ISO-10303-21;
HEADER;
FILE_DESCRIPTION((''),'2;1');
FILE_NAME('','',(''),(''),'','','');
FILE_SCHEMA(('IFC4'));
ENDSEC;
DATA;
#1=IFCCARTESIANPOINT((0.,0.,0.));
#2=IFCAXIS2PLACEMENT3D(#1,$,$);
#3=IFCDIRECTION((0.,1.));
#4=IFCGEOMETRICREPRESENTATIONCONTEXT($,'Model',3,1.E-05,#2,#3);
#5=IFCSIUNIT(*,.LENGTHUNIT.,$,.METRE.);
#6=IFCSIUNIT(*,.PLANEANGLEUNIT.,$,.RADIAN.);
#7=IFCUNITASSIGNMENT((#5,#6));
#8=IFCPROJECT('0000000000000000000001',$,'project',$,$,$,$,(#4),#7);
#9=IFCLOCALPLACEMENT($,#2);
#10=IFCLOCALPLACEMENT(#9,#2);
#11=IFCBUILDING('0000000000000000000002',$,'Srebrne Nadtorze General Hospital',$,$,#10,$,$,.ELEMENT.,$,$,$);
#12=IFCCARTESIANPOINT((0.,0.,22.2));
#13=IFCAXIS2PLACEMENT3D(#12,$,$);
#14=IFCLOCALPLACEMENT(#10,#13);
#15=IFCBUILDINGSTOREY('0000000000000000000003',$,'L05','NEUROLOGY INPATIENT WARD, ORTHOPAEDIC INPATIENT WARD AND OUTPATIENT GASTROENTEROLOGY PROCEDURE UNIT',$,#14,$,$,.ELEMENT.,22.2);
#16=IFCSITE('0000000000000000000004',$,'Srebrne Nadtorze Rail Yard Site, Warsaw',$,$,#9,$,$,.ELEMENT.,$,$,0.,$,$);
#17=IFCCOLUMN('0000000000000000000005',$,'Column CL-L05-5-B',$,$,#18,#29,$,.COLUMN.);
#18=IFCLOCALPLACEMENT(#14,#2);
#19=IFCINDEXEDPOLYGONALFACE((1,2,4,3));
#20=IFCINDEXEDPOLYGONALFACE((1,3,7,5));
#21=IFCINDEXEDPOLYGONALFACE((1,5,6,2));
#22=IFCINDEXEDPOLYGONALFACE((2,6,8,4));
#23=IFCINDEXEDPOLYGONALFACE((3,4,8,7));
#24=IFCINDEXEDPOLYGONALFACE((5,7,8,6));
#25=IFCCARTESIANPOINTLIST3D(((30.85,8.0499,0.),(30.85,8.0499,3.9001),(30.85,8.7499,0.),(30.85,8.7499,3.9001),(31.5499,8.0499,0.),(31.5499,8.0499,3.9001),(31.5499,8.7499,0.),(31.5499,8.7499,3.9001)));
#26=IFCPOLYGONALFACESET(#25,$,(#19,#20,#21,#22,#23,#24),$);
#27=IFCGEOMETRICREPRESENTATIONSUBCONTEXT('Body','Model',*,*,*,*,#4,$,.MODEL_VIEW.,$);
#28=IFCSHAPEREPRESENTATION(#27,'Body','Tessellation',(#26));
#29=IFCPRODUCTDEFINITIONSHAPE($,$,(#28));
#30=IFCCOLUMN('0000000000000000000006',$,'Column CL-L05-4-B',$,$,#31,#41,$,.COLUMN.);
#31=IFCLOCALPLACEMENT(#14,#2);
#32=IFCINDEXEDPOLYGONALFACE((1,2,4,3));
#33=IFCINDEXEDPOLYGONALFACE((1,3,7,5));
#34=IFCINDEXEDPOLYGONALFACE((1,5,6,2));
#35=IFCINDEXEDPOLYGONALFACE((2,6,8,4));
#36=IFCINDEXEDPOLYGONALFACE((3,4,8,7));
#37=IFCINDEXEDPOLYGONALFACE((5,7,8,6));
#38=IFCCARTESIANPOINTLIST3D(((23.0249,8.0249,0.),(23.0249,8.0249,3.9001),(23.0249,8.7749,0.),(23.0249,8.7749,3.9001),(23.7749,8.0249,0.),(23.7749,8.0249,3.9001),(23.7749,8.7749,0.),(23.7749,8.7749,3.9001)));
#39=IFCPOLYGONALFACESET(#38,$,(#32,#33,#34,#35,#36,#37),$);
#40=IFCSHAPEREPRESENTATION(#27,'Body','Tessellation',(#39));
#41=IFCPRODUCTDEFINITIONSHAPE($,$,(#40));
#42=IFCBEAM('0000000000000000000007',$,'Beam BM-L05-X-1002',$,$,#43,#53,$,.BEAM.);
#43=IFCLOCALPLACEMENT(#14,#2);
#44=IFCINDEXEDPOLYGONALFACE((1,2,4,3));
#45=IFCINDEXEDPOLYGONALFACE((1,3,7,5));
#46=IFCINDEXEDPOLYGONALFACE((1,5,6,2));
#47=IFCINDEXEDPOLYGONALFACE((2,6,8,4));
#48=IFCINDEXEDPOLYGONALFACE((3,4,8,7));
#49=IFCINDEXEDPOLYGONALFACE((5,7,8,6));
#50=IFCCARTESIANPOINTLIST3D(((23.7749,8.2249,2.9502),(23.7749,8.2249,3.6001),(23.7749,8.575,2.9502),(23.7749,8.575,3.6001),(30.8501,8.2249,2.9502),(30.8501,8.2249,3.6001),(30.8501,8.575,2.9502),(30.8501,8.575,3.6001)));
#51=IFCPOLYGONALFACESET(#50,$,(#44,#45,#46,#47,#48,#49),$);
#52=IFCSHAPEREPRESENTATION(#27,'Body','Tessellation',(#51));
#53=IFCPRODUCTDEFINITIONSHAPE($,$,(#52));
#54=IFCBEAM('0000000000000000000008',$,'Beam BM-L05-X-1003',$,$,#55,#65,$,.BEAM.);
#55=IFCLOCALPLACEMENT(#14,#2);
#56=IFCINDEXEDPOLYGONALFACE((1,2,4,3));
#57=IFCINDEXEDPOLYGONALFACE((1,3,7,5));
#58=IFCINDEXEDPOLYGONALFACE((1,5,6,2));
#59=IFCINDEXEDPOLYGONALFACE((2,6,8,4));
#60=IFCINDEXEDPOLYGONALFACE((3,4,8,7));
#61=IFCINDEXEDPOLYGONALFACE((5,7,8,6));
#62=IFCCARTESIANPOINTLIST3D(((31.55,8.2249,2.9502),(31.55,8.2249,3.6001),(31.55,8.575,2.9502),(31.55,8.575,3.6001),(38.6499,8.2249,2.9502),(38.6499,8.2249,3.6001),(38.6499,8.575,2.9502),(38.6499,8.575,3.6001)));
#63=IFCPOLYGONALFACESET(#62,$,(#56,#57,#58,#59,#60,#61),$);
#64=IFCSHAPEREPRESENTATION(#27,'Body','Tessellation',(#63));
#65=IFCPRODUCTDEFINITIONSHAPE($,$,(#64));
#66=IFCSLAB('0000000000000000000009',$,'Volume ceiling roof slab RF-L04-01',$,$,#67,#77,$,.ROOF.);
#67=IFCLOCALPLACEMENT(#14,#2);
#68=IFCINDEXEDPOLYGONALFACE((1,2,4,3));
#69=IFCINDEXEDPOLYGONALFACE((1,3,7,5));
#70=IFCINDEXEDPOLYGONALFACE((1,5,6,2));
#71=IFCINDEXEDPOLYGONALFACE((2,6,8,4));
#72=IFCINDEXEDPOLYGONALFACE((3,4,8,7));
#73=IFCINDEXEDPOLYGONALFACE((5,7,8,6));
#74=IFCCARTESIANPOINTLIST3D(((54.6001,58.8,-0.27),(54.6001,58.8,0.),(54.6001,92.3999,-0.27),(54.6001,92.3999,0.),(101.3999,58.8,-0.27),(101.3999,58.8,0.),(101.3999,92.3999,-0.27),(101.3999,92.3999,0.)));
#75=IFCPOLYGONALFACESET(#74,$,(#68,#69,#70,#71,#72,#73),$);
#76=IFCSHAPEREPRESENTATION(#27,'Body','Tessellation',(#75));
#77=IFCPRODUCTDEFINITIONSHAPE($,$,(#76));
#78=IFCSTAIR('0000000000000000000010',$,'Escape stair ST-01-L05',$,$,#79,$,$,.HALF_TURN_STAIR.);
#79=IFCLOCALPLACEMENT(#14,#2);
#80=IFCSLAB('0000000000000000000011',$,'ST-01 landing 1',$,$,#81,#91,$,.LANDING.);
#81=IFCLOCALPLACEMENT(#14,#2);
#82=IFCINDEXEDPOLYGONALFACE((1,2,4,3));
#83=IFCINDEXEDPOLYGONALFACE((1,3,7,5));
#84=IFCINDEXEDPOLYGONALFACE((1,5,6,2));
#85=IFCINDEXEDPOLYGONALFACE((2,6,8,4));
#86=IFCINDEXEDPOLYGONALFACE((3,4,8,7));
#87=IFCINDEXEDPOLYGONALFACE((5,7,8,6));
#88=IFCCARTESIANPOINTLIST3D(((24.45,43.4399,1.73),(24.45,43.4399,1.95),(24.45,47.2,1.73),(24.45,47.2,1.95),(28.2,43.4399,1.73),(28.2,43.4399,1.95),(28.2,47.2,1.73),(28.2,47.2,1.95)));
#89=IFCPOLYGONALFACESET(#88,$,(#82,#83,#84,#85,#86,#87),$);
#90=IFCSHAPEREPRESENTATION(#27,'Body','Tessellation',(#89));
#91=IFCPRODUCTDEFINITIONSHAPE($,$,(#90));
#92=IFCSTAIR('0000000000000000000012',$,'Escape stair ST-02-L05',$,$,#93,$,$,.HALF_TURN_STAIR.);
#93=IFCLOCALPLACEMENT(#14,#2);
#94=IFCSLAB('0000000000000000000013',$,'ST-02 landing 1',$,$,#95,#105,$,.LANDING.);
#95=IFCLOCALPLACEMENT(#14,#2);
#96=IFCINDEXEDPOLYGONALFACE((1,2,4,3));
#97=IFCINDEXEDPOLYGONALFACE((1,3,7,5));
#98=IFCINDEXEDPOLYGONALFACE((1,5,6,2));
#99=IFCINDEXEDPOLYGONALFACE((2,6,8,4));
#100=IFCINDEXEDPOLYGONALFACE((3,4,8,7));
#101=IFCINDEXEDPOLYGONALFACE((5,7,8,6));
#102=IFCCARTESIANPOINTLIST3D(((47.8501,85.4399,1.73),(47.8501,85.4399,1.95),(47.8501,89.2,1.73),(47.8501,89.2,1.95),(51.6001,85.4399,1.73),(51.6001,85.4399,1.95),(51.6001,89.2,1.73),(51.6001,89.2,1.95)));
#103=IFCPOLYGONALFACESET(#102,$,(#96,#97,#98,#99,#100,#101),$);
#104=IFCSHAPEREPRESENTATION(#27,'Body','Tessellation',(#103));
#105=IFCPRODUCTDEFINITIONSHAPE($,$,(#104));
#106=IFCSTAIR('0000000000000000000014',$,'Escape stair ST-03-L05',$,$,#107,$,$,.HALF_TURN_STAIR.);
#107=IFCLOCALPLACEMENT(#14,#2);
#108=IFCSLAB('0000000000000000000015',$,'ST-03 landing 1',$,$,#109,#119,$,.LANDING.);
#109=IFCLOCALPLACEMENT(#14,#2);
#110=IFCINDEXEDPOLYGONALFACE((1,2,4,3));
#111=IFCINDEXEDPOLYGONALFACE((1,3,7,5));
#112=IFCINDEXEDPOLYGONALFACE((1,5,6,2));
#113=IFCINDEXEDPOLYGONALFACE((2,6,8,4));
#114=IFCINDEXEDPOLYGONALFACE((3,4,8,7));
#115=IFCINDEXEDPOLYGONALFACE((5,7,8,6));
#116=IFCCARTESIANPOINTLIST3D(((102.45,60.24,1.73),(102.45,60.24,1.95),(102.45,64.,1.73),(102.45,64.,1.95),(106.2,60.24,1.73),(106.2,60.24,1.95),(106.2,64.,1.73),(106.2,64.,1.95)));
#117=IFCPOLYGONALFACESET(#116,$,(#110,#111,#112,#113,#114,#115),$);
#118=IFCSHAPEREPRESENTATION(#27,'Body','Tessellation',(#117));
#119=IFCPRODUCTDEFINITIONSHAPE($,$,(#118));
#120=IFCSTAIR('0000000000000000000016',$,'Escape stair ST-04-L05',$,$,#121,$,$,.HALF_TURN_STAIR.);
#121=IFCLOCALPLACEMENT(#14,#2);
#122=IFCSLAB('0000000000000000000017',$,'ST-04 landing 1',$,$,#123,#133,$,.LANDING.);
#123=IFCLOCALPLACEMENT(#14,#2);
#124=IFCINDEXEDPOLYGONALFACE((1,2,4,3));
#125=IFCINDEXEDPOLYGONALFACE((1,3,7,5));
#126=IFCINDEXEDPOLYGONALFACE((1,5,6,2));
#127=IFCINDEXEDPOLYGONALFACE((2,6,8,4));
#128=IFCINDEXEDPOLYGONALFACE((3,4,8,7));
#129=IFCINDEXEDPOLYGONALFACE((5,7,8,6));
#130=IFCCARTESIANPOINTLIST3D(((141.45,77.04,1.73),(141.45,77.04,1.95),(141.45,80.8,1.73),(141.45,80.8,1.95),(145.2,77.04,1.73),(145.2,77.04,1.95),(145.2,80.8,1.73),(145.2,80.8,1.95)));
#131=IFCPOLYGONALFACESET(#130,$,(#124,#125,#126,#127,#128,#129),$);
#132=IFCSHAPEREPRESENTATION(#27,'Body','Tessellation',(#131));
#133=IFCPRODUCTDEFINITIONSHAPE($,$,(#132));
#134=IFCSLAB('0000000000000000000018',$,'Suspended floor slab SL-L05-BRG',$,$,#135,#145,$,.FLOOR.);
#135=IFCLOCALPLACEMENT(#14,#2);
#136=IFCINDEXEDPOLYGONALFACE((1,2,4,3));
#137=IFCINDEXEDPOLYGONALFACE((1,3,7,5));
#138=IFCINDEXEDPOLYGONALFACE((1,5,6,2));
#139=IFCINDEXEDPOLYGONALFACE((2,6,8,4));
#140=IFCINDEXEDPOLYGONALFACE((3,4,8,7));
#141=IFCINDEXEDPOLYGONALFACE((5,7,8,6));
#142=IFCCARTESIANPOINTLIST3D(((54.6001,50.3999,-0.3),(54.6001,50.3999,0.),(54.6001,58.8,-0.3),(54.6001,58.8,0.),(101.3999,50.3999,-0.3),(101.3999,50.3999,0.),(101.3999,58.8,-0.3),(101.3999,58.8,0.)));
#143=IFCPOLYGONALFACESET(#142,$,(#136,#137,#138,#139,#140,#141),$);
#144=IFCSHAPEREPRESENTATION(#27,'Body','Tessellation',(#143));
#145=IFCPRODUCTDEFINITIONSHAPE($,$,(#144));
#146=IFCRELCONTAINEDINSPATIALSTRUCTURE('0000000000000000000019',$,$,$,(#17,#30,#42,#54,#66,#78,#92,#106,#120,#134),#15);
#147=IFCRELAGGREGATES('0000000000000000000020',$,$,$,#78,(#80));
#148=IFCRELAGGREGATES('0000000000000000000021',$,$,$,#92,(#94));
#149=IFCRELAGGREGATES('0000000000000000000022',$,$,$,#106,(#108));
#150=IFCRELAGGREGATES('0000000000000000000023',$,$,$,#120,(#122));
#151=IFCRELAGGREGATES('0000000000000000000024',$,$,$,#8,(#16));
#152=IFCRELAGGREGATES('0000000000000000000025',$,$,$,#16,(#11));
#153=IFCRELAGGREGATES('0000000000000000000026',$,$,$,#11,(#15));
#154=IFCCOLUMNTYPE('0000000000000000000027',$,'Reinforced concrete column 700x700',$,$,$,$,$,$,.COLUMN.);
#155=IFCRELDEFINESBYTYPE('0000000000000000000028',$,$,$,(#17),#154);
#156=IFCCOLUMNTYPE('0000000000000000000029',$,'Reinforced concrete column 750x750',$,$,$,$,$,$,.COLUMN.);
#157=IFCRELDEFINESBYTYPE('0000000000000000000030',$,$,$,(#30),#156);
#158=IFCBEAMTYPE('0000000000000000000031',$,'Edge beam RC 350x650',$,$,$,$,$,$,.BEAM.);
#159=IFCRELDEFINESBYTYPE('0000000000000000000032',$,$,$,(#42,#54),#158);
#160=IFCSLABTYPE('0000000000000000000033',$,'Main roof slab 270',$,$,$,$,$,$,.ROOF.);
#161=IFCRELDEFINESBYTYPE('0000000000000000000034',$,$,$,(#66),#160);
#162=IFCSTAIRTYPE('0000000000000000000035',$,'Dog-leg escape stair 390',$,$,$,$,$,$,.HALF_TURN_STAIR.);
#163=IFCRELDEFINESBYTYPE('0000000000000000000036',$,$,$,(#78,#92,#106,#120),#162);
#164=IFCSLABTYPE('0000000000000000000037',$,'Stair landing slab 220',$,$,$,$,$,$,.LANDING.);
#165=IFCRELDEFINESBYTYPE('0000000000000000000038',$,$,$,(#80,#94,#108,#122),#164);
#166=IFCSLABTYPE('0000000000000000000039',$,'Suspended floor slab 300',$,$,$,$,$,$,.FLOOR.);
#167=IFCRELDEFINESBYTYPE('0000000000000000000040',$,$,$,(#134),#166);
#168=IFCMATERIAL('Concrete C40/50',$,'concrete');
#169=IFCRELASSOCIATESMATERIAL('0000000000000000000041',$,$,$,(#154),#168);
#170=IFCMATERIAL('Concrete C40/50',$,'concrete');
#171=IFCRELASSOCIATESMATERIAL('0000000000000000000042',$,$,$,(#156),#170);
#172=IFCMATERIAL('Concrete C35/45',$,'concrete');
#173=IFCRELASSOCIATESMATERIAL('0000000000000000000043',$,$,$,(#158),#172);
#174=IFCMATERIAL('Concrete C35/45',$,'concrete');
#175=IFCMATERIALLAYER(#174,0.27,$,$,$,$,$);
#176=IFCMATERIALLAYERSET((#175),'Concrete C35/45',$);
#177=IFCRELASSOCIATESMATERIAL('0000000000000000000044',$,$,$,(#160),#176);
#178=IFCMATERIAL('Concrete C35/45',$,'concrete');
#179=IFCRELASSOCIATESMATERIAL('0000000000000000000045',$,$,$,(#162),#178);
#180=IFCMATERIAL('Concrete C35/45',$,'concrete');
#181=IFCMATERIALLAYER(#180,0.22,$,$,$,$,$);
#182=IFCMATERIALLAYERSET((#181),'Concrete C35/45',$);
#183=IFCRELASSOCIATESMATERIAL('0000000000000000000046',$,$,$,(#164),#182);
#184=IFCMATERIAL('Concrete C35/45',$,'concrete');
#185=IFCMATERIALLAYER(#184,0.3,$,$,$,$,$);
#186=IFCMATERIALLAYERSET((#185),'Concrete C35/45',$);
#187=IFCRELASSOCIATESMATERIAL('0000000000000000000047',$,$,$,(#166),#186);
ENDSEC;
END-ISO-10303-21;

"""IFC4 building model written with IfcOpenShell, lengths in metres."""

from ifc_helpers import new_model, si_unit, direction, frame, origin, origin_2d, place, context, subcontext, project, spatial, polyline, rectangle, outline, extrude, material, layer, layer_set, material_profile, profile_set, type_object, element, aggregate, save


model = new_model("IFC4")

# Units and contexts
model_context = context("Model", 3, precision=1e-05, world=origin(), true_north=direction((0.0, 1.0)))
body_context = subcontext(model_context, "Body", "Model", "MODEL_VIEW")
ifc_project = project(units=[si_unit("LENGTHUNIT", "METRE"), si_unit("PLANEANGLEUNIT", "RADIAN")], contexts=[model_context])

# Site, building, storey
site_placement = place(None, origin())
site = spatial("IfcSite", under=ifc_project, at=site_placement, Name="Srebrne Nadtorze Rail Yard Site, Warsaw", CompositionType="ELEMENT", RefElevation=0.0)
building_placement = place(site_placement, origin())
building = spatial("IfcBuilding", under=site, at=building_placement, Name="Srebrne Nadtorze General Hospital", CompositionType="ELEMENT")
storey_placement = place(building_placement, frame((0.0, 0.0, 22.2)))
storey = spatial("IfcBuildingStorey", under=building, at=storey_placement, Name="L05", Description="NEUROLOGY INPATIENT WARD, ORTHOPAEDIC INPATIENT WARD AND OUTPATIENT GASTROENTEROLOGY PROCEDURE UNIT", CompositionType="ELEMENT", Elevation=22.2)

# Columns
ifc_material_1 = material(Name="Concrete C40/50", Category="concrete")
ifc_material_profile_1 = material_profile(ifc_material_1, rectangle(XDim=0.7, YDim=0.7, at=origin_2d()), Name="RC-COL-700x700")
ifc_profile_set_1 = profile_set([ifc_material_profile_1], Name="Concrete C40/50")
column_type_1 = type_object("IfcColumnType", Name="Reinforced concrete column 700x700", PredefinedType="COLUMN", material=ifc_profile_set_1)
column_1_placement = place(storey_placement, frame((31.2, 8.3999, 0.0), z_axis=(0.0, 0.0, 1.0), x_axis=(1.0, 0.0, 0.0)))
element("IfcColumn", 1, at=column_1_placement, inside=storey, type_object=column_type_1, Name="Column CL-L05-5-B", PredefinedType="COLUMN", context=body_context, shape_type="SweptSolid", body=[
    extrude(rectangle(XDim=0.7, YDim=0.7, at=origin_2d()), origin(), (0.0, 0.0, 1.0), 3.9001),
])
ifc_material_2 = material(Name="Concrete C40/50", Category="concrete")
ifc_material_profile_2 = material_profile(ifc_material_2, rectangle(XDim=0.75, YDim=0.75, at=origin_2d()), Name="RC-COL-750x750")
ifc_profile_set_2 = profile_set([ifc_material_profile_2], Name="Concrete C40/50")
column_type_2 = type_object("IfcColumnType", Name="Reinforced concrete column 750x750", PredefinedType="COLUMN", material=ifc_profile_set_2)
column_2_placement = place(storey_placement, frame((23.3999, 8.3999, 0.0), z_axis=(0.0, 0.0, 1.0), x_axis=(1.0, 0.0, 0.0)))
element("IfcColumn", 2, at=column_2_placement, inside=storey, type_object=column_type_2, Name="Column CL-L05-4-B", PredefinedType="COLUMN", context=body_context, shape_type="SweptSolid", body=[
    extrude(rectangle(XDim=0.75, YDim=0.75, at=origin_2d()), origin(), (0.0, 0.0, 1.0), 3.9001),
])

# Beams
ifc_material_3 = material(Name="Concrete C35/45", Category="concrete")
ifc_material_profile_3 = material_profile(ifc_material_3, rectangle(XDim=0.3501, YDim=0.6499, at=origin_2d()), Name="RC-BM-350x650")
ifc_profile_set_3 = profile_set([ifc_material_profile_3], Name="Concrete C35/45")
beam_type = type_object("IfcBeamType", Name="Edge beam RC 350x650", PredefinedType="BEAM", material=ifc_profile_set_3)
beam_1_placement = place(storey_placement, frame((23.7749, 8.3999, 3.2751), z_axis=(1.0, 0.0, 0.0), x_axis=(0.0, 1.0, 0.0)))
element("IfcBeam", 3, at=beam_1_placement, inside=storey, type_object=beam_type, Name="Beam BM-L05-X-1002", PredefinedType="BEAM", context=body_context, shape_type="SweptSolid", body=[
    extrude(rectangle(XDim=0.3501, YDim=0.6499, at=origin_2d()), origin(), (0.0, 0.0, 1.0), 7.0752),
])
beam_2_placement = place(storey_placement, frame((31.55, 8.3999, 3.2751), z_axis=(1.0, 0.0, 0.0), x_axis=(0.0, 1.0, 0.0)))
element("IfcBeam", 4, at=beam_2_placement, inside=storey, type_object=beam_type, Name="Beam BM-L05-X-1003", PredefinedType="BEAM", context=body_context, shape_type="SweptSolid", body=[
    extrude(rectangle(XDim=0.3501, YDim=0.6499, at=origin_2d()), origin(), (0.0, 0.0, 1.0), 7.0999),
])

# Slab
ifc_material_4 = material(Name="Concrete C35/45", Category="concrete")
ifc_layer_1 = layer(ifc_material_4, 0.27)
ifc_layer_set_1 = layer_set([ifc_layer_1], Name="Concrete C35/45")
slab_type_1 = type_object("IfcSlabType", Name="Main roof slab 270", PredefinedType="ROOF", material=ifc_layer_set_1)
slab_1_placement = place(storey_placement, frame((0.0, 0.0, -0.27)))
element("IfcSlab", 5, at=slab_1_placement, inside=storey, type_object=slab_type_1, Name="Volume ceiling roof slab RF-L04-01", PredefinedType="ROOF", context=body_context, shape_type="SweptSolid", body=[
    extrude(outline(polyline([(54.6001, 92.3999), (54.6001, 58.8), (101.3999, 58.8), (101.3999, 92.3999), (54.6001, 92.3999)])), origin(), (0.0, 0.0, 1.0), 0.27),
])

# Stairs, slabs
ifc_material_5 = material(Name="Concrete C35/45", Category="concrete")
stair_type = type_object("IfcStairType", Name="Dog-leg escape stair 390", PredefinedType="HALF_TURN_STAIR", material=ifc_material_5)
stair_1_placement = place(storey_placement, origin())
stair_1 = element("IfcStair", 6, at=stair_1_placement, inside=storey, type_object=stair_type, Name="Escape stair ST-01-L05", PredefinedType="HALF_TURN_STAIR")
ifc_material_6 = material(Name="Concrete C35/45", Category="concrete")
ifc_layer_2 = layer(ifc_material_6, 0.22)
ifc_layer_set_2 = layer_set([ifc_layer_2], Name="Concrete C35/45")
slab_type_2 = type_object("IfcSlabType", Name="Stair landing slab 220", PredefinedType="LANDING", material=ifc_layer_set_2)
slab_2_placement = place(storey_placement, frame((0.0, 0.0, 1.73)))
slab_2 = element("IfcSlab", 7, at=slab_2_placement, type_object=slab_type_2, Name="ST-01 landing 1", PredefinedType="LANDING", context=body_context, shape_type="SweptSolid", body=[
    extrude(outline(polyline([(24.45, 43.4399), (28.2, 43.4399), (28.2, 47.2), (24.45, 47.2), (24.45, 43.4399)])), origin(), (0.0, 0.0, 1.0), 0.22),
])
aggregate(stair_1, [slab_2])
stair_2_placement = place(storey_placement, origin())
stair_2 = element("IfcStair", 8, at=stair_2_placement, inside=storey, type_object=stair_type, Name="Escape stair ST-02-L05", PredefinedType="HALF_TURN_STAIR")
slab_3_placement = place(storey_placement, frame((0.0, 0.0, 1.73)))
slab_3 = element("IfcSlab", 9, at=slab_3_placement, type_object=slab_type_2, Name="ST-02 landing 1", PredefinedType="LANDING", context=body_context, shape_type="SweptSolid", body=[
    extrude(outline(polyline([(47.8501, 85.4399), (51.6001, 85.4399), (51.6001, 89.2), (47.8501, 89.2), (47.8501, 85.4399)])), origin(), (0.0, 0.0, 1.0), 0.22),
])
aggregate(stair_2, [slab_3])
stair_3_placement = place(storey_placement, origin())
stair_3 = element("IfcStair", 10, at=stair_3_placement, inside=storey, type_object=stair_type, Name="Escape stair ST-03-L05", PredefinedType="HALF_TURN_STAIR")
slab_4_placement = place(storey_placement, frame((0.0, 0.0, 1.73)))
slab_4 = element("IfcSlab", 11, at=slab_4_placement, type_object=slab_type_2, Name="ST-03 landing 1", PredefinedType="LANDING", context=body_context, shape_type="SweptSolid", body=[
    extrude(outline(polyline([(102.45, 60.24), (106.2, 60.24), (106.2, 64.0), (102.45, 64.0), (102.45, 60.24)])), origin(), (0.0, 0.0, 1.0), 0.22),
])
aggregate(stair_3, [slab_4])
stair_4_placement = place(storey_placement, origin())
stair_4 = element("IfcStair", 12, at=stair_4_placement, inside=storey, type_object=stair_type, Name="Escape stair ST-04-L05", PredefinedType="HALF_TURN_STAIR")
slab_5_placement = place(storey_placement, frame((0.0, 0.0, 1.73)))
slab_5 = element("IfcSlab", 13, at=slab_5_placement, type_object=slab_type_2, Name="ST-04 landing 1", PredefinedType="LANDING", context=body_context, shape_type="SweptSolid", body=[
    extrude(outline(polyline([(141.45, 77.04), (145.2, 77.04), (145.2, 80.8), (141.45, 80.8), (141.45, 77.04)])), origin(), (0.0, 0.0, 1.0), 0.22),
])
aggregate(stair_4, [slab_5])

# Slab
ifc_material_7 = material(Name="Concrete C35/45", Category="concrete")
ifc_layer_3 = layer(ifc_material_7, 0.3)
ifc_layer_set_3 = layer_set([ifc_layer_3], Name="Concrete C35/45")
slab_type_3 = type_object("IfcSlabType", Name="Suspended floor slab 300", PredefinedType="FLOOR", material=ifc_layer_set_3)
slab_6_placement = place(storey_placement, frame((0.0, 0.0, -0.3)))
element("IfcSlab", 14, at=slab_6_placement, inside=storey, type_object=slab_type_3, Name="Suspended floor slab SL-L05-BRG", PredefinedType="FLOOR", context=body_context, shape_type="SweptSolid", body=[
    extrude(outline(polyline([(101.3999, 50.3999), (101.3999, 58.8), (54.6001, 58.8), (54.6001, 50.3999), (101.3999, 50.3999)])), origin(), (0.0, 0.0, 1.0), 0.3),
])

save(model, "model.ifc")
